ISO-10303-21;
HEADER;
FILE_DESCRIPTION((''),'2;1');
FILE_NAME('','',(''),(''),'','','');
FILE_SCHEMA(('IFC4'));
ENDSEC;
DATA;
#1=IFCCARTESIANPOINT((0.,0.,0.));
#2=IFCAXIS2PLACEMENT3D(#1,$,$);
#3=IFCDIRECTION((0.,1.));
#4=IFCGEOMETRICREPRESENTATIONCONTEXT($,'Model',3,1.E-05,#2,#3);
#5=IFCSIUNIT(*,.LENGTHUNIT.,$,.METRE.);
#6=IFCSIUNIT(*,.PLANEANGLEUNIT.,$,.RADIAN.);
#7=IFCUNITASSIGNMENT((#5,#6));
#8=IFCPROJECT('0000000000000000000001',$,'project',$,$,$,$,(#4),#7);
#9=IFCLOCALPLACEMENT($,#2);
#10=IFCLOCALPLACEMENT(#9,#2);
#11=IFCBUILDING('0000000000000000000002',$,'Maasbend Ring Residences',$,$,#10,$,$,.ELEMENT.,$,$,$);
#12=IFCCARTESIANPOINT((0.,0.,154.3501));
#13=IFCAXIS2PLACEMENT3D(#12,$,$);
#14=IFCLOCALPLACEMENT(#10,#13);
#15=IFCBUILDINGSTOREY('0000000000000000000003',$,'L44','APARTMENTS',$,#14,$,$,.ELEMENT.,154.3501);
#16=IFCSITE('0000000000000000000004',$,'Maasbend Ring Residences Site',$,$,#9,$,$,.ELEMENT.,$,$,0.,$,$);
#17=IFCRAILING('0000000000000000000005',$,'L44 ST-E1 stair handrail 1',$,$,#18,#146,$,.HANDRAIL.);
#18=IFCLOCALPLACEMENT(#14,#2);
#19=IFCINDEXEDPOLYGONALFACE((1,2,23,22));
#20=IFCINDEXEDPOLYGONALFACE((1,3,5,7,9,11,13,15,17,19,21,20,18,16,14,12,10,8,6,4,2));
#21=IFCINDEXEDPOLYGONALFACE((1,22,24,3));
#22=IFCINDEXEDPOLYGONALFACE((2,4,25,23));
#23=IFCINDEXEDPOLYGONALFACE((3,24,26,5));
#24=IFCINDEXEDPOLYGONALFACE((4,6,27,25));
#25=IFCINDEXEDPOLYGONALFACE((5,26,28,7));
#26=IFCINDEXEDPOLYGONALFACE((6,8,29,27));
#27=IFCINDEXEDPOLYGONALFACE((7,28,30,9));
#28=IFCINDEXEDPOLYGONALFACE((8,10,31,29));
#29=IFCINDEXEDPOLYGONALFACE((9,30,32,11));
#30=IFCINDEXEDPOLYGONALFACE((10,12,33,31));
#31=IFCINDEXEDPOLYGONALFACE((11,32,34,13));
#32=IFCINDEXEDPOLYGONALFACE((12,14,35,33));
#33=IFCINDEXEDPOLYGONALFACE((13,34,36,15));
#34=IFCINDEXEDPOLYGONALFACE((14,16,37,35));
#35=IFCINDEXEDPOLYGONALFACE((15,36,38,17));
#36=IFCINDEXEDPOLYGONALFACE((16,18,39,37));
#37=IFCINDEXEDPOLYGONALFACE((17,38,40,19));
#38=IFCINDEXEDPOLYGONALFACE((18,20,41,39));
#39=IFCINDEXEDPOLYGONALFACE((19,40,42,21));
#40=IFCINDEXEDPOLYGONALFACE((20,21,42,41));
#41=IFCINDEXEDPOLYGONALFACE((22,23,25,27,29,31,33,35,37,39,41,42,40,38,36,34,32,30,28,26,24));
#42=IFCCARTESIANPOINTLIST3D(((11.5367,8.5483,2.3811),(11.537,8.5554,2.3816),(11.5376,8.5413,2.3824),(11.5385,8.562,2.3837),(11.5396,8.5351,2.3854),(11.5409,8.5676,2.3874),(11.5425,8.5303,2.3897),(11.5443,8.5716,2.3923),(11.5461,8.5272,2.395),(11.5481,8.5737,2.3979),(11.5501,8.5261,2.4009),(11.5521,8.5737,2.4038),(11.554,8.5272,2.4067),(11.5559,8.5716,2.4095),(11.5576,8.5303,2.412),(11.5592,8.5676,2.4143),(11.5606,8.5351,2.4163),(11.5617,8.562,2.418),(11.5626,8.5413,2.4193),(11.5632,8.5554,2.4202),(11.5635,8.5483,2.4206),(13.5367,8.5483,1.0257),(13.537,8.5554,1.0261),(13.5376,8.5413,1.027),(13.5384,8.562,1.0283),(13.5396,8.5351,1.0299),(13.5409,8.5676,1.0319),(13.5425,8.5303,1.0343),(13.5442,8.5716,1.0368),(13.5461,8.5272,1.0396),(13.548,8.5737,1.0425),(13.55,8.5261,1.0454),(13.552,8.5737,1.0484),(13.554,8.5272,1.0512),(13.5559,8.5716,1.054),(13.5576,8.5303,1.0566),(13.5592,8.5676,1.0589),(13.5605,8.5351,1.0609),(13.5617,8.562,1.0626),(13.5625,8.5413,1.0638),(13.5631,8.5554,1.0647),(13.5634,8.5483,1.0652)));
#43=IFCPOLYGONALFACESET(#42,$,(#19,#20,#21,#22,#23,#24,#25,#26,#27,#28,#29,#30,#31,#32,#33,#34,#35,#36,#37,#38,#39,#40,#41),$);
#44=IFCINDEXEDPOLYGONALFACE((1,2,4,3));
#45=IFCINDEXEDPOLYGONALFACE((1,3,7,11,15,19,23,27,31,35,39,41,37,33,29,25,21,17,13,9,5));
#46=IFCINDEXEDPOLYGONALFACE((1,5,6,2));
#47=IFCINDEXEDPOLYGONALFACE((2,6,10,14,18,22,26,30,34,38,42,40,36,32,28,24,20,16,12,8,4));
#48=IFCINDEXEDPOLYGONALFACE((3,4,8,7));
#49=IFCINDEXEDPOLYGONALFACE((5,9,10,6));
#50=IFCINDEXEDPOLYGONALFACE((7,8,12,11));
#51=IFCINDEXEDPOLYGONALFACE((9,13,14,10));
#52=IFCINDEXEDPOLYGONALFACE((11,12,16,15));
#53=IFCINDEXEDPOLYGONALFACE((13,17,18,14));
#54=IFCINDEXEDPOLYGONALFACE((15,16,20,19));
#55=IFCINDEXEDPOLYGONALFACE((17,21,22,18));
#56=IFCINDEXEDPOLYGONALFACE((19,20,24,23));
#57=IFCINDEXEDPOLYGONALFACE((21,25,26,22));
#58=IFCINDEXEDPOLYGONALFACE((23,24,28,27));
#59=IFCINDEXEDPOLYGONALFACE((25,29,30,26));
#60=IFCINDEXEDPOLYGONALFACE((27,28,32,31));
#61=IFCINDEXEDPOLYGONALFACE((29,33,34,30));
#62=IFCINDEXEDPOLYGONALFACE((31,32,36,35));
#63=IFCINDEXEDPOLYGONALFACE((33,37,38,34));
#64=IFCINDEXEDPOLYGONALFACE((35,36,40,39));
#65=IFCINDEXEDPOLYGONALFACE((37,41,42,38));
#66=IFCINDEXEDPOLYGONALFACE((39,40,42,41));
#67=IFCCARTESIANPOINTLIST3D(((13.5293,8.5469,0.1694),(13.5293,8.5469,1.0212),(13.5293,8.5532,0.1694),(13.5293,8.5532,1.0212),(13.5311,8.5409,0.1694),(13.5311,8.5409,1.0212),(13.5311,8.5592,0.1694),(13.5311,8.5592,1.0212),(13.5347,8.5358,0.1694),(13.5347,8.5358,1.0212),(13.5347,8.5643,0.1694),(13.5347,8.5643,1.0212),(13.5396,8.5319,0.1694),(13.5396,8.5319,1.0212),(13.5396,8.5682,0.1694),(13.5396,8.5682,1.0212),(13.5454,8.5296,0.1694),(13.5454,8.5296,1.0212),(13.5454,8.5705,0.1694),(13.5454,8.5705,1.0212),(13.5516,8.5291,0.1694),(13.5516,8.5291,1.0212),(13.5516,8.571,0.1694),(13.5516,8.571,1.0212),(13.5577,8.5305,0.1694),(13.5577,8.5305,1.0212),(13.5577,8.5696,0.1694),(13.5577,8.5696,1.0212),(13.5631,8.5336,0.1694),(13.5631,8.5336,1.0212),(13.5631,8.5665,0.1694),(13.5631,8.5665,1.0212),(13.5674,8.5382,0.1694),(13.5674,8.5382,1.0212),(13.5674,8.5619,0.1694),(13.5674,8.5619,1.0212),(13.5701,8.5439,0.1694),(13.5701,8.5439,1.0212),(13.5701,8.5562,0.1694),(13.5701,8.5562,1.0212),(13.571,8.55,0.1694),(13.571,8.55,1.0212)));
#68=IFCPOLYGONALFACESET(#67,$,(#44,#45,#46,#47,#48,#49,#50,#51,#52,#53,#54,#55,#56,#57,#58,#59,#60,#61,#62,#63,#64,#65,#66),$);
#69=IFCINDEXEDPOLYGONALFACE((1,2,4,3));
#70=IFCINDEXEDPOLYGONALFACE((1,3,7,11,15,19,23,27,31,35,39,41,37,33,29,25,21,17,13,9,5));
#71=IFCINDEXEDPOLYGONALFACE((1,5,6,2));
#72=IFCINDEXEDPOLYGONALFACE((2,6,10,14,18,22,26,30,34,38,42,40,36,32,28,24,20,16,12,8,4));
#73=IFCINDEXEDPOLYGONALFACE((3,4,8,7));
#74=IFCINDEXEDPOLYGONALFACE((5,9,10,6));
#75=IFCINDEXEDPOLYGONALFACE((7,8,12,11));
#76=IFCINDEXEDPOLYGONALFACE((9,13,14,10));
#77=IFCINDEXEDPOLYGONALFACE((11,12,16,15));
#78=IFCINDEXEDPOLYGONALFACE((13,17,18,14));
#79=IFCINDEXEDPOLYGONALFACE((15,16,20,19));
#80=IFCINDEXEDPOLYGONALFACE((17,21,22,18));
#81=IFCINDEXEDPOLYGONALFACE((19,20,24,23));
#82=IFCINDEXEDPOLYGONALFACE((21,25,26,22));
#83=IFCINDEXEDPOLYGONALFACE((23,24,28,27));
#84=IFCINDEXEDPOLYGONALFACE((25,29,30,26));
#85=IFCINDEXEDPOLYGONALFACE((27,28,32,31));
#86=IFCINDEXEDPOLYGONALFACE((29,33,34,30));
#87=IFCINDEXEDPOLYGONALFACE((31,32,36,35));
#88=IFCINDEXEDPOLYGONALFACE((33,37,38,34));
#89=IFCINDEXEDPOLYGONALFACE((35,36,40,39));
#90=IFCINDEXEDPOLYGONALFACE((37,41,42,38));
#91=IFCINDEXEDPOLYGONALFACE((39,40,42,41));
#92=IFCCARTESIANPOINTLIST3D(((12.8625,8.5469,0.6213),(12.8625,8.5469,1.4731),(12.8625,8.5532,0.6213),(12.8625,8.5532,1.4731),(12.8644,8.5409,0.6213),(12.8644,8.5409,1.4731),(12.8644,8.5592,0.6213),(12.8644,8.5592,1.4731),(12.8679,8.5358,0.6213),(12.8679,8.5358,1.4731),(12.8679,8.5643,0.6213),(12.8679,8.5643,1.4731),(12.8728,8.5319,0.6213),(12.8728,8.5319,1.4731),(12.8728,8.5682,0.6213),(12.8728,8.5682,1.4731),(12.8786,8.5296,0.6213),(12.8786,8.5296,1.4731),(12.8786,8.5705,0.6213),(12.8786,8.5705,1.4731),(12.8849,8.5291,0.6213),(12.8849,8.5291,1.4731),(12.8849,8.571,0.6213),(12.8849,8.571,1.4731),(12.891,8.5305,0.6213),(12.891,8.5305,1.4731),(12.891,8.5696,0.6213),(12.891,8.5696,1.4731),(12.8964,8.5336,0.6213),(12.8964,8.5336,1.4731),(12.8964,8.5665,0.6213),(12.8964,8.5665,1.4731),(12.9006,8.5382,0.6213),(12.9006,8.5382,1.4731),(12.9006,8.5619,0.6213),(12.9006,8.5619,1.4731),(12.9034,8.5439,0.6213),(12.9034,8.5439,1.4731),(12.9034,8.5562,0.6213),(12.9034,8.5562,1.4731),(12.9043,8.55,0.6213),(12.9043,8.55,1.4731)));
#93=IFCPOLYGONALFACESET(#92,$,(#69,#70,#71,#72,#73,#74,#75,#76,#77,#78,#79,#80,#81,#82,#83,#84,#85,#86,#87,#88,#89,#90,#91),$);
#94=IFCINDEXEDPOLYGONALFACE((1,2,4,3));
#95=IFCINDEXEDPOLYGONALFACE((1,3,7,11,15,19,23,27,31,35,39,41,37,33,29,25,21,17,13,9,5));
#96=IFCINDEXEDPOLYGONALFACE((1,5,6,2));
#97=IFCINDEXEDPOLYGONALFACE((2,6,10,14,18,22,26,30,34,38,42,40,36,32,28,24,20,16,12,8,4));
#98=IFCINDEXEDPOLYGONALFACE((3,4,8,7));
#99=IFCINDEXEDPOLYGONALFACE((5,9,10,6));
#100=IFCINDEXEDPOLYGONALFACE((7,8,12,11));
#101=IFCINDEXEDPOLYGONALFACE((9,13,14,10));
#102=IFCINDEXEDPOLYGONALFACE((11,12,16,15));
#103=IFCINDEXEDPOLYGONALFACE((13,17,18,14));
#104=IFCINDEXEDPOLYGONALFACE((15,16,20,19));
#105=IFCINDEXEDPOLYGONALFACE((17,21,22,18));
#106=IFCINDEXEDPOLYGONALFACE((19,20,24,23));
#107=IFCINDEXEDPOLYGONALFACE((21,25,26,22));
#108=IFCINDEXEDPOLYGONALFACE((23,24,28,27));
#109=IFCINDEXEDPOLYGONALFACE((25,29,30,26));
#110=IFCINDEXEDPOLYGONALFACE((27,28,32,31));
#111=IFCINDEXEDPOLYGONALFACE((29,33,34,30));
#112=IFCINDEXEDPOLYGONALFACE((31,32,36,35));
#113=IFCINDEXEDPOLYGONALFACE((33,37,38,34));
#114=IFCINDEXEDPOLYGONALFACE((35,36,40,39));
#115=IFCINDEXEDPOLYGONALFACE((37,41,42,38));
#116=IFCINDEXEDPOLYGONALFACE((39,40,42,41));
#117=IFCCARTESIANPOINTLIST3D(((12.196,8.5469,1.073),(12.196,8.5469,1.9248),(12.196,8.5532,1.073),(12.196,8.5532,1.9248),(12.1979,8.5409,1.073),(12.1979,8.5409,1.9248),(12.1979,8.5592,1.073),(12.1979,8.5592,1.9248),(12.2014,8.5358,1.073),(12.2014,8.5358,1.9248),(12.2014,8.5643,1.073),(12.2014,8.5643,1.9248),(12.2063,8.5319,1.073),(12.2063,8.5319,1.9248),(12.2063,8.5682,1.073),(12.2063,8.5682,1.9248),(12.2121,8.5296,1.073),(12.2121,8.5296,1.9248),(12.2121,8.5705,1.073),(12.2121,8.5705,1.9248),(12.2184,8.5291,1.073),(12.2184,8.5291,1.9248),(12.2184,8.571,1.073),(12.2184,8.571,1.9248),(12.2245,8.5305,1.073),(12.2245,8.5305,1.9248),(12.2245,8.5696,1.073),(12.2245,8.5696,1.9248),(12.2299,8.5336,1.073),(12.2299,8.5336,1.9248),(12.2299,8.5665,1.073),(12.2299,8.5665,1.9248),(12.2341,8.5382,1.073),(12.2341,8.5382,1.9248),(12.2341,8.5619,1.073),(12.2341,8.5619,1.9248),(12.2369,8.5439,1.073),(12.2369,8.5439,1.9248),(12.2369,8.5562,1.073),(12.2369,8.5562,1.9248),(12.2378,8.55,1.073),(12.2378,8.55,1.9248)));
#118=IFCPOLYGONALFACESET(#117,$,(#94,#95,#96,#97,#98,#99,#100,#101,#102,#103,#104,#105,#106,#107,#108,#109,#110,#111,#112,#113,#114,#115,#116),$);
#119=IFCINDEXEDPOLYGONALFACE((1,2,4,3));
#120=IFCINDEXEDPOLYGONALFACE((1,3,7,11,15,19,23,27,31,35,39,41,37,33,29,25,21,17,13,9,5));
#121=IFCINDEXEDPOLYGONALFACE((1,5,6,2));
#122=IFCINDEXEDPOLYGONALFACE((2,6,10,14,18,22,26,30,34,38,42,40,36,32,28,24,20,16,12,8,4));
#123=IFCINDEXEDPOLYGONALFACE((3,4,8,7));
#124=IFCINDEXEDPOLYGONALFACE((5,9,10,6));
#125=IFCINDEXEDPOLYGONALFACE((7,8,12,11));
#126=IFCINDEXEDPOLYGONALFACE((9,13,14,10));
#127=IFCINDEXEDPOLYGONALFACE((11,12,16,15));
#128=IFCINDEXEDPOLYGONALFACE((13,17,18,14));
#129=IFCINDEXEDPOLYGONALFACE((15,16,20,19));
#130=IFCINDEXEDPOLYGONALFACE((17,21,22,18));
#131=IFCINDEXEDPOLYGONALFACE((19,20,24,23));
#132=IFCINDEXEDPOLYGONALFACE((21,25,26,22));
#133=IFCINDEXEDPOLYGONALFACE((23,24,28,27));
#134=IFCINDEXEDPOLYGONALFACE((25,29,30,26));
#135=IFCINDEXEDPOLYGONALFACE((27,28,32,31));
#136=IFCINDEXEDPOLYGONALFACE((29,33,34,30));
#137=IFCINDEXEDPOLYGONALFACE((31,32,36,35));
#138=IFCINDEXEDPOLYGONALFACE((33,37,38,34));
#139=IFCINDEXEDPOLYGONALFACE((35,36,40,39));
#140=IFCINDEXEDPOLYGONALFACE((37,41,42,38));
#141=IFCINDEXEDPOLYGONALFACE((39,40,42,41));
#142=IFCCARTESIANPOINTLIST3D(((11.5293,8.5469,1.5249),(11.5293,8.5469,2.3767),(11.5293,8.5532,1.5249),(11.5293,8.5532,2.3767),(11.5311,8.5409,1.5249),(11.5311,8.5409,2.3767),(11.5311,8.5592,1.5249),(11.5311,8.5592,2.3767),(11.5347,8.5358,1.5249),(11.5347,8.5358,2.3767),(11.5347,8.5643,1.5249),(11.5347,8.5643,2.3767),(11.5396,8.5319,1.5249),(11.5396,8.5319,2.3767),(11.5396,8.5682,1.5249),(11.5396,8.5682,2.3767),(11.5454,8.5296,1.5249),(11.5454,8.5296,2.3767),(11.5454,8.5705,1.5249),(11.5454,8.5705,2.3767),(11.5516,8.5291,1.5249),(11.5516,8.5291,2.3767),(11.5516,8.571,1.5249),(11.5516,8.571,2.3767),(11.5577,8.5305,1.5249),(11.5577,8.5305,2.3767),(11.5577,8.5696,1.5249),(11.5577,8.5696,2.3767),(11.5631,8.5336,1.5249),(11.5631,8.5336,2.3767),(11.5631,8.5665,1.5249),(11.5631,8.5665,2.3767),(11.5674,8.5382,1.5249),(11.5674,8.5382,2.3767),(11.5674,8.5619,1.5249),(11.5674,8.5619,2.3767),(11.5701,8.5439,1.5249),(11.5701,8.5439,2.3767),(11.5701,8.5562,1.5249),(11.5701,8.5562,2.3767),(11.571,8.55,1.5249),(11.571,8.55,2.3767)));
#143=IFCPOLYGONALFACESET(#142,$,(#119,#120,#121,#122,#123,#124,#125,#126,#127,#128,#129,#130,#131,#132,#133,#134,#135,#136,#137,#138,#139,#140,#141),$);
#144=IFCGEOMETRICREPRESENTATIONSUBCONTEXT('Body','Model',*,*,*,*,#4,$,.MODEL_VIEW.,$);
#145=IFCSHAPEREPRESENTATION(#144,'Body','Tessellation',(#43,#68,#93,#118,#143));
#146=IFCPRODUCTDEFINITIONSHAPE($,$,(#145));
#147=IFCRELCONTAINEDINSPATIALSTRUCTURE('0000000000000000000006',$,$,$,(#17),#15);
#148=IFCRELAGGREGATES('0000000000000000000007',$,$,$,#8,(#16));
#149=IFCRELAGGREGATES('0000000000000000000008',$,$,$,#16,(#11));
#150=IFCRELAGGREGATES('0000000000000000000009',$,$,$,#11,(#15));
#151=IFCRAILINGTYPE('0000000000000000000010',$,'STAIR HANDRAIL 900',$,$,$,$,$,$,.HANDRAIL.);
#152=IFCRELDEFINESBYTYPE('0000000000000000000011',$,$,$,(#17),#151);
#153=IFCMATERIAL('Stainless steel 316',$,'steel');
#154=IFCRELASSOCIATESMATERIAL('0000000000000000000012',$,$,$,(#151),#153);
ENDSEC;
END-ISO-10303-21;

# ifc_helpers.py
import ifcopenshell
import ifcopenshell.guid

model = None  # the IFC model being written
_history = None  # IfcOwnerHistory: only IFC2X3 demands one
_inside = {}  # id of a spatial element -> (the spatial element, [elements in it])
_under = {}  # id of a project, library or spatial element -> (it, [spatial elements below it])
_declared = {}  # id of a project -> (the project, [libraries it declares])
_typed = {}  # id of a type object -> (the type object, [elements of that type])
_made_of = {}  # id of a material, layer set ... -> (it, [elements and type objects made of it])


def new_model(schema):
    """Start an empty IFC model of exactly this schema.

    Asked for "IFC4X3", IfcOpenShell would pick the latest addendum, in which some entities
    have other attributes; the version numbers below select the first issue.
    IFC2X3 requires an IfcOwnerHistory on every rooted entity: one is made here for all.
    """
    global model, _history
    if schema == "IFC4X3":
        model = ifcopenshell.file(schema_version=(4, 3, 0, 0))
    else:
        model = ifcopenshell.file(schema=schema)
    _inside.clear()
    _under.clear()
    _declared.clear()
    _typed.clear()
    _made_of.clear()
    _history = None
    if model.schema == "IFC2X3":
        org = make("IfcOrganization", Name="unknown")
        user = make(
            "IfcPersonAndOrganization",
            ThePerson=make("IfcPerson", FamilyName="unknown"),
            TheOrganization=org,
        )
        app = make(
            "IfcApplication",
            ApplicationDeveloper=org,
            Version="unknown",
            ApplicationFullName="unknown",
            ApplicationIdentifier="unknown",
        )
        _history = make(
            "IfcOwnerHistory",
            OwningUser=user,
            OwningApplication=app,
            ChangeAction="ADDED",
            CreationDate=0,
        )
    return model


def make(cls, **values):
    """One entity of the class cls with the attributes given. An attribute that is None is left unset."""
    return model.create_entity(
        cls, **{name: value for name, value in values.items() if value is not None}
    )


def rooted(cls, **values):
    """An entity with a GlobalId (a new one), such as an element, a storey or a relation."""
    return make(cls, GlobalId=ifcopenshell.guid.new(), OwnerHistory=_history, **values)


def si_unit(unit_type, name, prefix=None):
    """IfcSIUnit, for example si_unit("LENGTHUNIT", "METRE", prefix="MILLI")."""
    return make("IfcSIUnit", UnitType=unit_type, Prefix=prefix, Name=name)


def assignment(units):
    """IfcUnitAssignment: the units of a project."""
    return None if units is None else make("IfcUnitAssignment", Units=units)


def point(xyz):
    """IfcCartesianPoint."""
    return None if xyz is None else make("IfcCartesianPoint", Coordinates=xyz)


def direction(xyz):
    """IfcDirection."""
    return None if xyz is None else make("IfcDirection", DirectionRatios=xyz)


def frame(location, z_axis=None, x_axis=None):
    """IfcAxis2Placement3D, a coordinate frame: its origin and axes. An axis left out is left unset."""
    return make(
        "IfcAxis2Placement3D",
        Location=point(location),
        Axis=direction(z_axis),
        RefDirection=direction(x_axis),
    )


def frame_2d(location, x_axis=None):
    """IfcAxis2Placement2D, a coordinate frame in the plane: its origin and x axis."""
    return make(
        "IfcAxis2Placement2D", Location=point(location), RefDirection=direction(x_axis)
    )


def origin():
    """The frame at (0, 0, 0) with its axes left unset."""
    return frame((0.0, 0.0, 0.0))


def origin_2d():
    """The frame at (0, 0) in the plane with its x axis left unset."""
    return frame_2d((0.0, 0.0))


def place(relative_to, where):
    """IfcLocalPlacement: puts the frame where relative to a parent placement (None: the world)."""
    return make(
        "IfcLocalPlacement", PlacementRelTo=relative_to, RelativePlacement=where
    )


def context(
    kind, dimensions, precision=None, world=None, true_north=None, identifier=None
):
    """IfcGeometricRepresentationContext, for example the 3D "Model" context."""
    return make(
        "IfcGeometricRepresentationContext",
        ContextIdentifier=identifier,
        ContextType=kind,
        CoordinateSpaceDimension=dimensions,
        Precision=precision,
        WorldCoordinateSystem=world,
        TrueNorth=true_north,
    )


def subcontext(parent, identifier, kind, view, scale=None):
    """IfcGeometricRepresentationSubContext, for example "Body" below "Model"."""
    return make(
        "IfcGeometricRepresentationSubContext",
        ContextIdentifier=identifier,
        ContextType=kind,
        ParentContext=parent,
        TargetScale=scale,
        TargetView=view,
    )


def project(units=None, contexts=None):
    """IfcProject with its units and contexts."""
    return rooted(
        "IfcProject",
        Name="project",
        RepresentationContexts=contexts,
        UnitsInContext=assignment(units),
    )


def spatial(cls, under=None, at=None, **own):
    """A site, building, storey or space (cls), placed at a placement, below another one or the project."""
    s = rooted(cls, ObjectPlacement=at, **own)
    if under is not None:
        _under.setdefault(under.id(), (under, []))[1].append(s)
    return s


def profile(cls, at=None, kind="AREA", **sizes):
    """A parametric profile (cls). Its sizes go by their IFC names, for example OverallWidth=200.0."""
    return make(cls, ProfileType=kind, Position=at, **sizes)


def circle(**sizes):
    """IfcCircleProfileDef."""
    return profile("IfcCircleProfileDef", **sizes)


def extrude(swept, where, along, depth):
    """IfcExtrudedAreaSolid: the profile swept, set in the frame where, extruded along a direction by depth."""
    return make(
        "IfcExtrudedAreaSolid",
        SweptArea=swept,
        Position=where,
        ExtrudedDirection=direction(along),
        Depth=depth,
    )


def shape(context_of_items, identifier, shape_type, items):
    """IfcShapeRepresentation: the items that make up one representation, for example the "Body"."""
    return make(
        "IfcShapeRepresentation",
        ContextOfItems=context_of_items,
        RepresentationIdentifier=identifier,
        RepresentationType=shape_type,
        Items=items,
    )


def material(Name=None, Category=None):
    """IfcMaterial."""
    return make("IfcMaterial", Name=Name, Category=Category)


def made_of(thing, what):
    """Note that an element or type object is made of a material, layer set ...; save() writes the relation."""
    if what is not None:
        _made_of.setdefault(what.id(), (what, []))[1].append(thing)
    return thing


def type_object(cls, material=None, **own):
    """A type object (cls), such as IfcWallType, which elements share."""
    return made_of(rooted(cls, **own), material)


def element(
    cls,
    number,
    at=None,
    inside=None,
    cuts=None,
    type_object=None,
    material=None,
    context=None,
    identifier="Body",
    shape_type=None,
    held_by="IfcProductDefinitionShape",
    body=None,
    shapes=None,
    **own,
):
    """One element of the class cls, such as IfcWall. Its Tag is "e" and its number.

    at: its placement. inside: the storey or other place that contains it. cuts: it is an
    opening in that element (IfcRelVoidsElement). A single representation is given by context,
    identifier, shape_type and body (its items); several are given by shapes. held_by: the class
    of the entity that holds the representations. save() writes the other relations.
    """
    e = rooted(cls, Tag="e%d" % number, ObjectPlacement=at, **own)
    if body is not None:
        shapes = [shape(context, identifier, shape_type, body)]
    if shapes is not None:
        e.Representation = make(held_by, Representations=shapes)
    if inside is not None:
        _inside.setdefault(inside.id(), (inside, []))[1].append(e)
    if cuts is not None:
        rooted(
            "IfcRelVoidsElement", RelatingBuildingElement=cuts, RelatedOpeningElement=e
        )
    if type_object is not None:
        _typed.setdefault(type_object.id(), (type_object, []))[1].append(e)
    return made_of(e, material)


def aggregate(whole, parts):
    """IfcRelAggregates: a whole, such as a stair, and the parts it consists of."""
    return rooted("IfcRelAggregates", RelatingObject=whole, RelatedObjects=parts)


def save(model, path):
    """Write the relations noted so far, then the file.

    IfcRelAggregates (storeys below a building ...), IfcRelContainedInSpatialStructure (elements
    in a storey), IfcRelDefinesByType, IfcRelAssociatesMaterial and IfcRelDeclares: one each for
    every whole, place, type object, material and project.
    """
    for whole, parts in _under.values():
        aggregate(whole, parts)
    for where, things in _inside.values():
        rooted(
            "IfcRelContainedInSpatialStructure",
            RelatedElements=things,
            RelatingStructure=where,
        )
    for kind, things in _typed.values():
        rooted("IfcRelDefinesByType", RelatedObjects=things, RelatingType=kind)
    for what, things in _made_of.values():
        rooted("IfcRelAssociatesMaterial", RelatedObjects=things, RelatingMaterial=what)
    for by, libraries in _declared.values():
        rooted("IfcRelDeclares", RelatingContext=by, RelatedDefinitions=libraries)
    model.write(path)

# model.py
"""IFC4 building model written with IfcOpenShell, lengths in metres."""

from ifc_helpers import new_model, si_unit, direction, frame, origin, origin_2d, place, context, subcontext, project, spatial, circle, extrude, material, type_object, element, save


model = new_model("IFC4")

# Units and contexts
model_context = context("Model", 3, precision=1e-05, world=origin(), true_north=direction((0.0, 1.0)))
body_context = subcontext(model_context, "Body", "Model", "MODEL_VIEW")
ifc_project = project(units=[si_unit("LENGTHUNIT", "METRE"), si_unit("PLANEANGLEUNIT", "RADIAN")], contexts=[model_context])

# Site, building, storey
site_placement = place(None, origin())
site = spatial("IfcSite", under=ifc_project, at=site_placement, Name="Maasbend Ring Residences Site", CompositionType="ELEMENT", RefElevation=0.0)
building_placement = place(site_placement, origin())
building = spatial("IfcBuilding", under=site, at=building_placement, Name="Maasbend Ring Residences", CompositionType="ELEMENT")
storey_placement = place(building_placement, frame((0.0, 0.0, 154.3501)))
storey = spatial("IfcBuildingStorey", under=building, at=storey_placement, Name="L44", Description="APARTMENTS", CompositionType="ELEMENT", Elevation=154.3501)

# Railing
ifc_material_1 = material(Name="Stainless steel 316", Category="steel")
railing_type_1 = type_object("IfcRailingType", Name="STAIR HANDRAIL 900", PredefinedType="HANDRAIL", material=ifc_material_1)
railing_1_placement = place(storey_placement, frame((13.55, 8.55, 0.1694)))
element("IfcRailing", 1, at=railing_1_placement, inside=storey, type_object=railing_type_1, Name="L44 ST-E1 stair handrail 1", PredefinedType="HANDRAIL", context=body_context, shape_type="SweptSolid", body=[
    extrude(circle(Radius=0.0239, at=origin_2d()), frame((0.0, 0.0, 0.876), z_axis=(-0.827798, 0.0, 0.561027), x_axis=(0.0, -1.0, 0.0)), (0.0, 0.0, 1.0), 2.416),
    extrude(circle(Radius=0.021, at=origin_2d()), origin(), (0.0, 0.0, 1.0), 0.8518),
    extrude(circle(Radius=0.021, at=origin_2d()), frame((-0.6667, 0.0, 0.4519)), (0.0, 0.0, 1.0), 0.8518),
    extrude(circle(Radius=0.021, at=origin_2d()), frame((-1.3333, 0.0, 0.9036)), (0.0, 0.0, 1.0), 0.8518),
    extrude(circle(Radius=0.021, at=origin_2d()), frame((-2.0, 0.0, 1.3555)), (0.0, 0.0, 1.0), 0.8518),
])

save(model, "model.ifc")
